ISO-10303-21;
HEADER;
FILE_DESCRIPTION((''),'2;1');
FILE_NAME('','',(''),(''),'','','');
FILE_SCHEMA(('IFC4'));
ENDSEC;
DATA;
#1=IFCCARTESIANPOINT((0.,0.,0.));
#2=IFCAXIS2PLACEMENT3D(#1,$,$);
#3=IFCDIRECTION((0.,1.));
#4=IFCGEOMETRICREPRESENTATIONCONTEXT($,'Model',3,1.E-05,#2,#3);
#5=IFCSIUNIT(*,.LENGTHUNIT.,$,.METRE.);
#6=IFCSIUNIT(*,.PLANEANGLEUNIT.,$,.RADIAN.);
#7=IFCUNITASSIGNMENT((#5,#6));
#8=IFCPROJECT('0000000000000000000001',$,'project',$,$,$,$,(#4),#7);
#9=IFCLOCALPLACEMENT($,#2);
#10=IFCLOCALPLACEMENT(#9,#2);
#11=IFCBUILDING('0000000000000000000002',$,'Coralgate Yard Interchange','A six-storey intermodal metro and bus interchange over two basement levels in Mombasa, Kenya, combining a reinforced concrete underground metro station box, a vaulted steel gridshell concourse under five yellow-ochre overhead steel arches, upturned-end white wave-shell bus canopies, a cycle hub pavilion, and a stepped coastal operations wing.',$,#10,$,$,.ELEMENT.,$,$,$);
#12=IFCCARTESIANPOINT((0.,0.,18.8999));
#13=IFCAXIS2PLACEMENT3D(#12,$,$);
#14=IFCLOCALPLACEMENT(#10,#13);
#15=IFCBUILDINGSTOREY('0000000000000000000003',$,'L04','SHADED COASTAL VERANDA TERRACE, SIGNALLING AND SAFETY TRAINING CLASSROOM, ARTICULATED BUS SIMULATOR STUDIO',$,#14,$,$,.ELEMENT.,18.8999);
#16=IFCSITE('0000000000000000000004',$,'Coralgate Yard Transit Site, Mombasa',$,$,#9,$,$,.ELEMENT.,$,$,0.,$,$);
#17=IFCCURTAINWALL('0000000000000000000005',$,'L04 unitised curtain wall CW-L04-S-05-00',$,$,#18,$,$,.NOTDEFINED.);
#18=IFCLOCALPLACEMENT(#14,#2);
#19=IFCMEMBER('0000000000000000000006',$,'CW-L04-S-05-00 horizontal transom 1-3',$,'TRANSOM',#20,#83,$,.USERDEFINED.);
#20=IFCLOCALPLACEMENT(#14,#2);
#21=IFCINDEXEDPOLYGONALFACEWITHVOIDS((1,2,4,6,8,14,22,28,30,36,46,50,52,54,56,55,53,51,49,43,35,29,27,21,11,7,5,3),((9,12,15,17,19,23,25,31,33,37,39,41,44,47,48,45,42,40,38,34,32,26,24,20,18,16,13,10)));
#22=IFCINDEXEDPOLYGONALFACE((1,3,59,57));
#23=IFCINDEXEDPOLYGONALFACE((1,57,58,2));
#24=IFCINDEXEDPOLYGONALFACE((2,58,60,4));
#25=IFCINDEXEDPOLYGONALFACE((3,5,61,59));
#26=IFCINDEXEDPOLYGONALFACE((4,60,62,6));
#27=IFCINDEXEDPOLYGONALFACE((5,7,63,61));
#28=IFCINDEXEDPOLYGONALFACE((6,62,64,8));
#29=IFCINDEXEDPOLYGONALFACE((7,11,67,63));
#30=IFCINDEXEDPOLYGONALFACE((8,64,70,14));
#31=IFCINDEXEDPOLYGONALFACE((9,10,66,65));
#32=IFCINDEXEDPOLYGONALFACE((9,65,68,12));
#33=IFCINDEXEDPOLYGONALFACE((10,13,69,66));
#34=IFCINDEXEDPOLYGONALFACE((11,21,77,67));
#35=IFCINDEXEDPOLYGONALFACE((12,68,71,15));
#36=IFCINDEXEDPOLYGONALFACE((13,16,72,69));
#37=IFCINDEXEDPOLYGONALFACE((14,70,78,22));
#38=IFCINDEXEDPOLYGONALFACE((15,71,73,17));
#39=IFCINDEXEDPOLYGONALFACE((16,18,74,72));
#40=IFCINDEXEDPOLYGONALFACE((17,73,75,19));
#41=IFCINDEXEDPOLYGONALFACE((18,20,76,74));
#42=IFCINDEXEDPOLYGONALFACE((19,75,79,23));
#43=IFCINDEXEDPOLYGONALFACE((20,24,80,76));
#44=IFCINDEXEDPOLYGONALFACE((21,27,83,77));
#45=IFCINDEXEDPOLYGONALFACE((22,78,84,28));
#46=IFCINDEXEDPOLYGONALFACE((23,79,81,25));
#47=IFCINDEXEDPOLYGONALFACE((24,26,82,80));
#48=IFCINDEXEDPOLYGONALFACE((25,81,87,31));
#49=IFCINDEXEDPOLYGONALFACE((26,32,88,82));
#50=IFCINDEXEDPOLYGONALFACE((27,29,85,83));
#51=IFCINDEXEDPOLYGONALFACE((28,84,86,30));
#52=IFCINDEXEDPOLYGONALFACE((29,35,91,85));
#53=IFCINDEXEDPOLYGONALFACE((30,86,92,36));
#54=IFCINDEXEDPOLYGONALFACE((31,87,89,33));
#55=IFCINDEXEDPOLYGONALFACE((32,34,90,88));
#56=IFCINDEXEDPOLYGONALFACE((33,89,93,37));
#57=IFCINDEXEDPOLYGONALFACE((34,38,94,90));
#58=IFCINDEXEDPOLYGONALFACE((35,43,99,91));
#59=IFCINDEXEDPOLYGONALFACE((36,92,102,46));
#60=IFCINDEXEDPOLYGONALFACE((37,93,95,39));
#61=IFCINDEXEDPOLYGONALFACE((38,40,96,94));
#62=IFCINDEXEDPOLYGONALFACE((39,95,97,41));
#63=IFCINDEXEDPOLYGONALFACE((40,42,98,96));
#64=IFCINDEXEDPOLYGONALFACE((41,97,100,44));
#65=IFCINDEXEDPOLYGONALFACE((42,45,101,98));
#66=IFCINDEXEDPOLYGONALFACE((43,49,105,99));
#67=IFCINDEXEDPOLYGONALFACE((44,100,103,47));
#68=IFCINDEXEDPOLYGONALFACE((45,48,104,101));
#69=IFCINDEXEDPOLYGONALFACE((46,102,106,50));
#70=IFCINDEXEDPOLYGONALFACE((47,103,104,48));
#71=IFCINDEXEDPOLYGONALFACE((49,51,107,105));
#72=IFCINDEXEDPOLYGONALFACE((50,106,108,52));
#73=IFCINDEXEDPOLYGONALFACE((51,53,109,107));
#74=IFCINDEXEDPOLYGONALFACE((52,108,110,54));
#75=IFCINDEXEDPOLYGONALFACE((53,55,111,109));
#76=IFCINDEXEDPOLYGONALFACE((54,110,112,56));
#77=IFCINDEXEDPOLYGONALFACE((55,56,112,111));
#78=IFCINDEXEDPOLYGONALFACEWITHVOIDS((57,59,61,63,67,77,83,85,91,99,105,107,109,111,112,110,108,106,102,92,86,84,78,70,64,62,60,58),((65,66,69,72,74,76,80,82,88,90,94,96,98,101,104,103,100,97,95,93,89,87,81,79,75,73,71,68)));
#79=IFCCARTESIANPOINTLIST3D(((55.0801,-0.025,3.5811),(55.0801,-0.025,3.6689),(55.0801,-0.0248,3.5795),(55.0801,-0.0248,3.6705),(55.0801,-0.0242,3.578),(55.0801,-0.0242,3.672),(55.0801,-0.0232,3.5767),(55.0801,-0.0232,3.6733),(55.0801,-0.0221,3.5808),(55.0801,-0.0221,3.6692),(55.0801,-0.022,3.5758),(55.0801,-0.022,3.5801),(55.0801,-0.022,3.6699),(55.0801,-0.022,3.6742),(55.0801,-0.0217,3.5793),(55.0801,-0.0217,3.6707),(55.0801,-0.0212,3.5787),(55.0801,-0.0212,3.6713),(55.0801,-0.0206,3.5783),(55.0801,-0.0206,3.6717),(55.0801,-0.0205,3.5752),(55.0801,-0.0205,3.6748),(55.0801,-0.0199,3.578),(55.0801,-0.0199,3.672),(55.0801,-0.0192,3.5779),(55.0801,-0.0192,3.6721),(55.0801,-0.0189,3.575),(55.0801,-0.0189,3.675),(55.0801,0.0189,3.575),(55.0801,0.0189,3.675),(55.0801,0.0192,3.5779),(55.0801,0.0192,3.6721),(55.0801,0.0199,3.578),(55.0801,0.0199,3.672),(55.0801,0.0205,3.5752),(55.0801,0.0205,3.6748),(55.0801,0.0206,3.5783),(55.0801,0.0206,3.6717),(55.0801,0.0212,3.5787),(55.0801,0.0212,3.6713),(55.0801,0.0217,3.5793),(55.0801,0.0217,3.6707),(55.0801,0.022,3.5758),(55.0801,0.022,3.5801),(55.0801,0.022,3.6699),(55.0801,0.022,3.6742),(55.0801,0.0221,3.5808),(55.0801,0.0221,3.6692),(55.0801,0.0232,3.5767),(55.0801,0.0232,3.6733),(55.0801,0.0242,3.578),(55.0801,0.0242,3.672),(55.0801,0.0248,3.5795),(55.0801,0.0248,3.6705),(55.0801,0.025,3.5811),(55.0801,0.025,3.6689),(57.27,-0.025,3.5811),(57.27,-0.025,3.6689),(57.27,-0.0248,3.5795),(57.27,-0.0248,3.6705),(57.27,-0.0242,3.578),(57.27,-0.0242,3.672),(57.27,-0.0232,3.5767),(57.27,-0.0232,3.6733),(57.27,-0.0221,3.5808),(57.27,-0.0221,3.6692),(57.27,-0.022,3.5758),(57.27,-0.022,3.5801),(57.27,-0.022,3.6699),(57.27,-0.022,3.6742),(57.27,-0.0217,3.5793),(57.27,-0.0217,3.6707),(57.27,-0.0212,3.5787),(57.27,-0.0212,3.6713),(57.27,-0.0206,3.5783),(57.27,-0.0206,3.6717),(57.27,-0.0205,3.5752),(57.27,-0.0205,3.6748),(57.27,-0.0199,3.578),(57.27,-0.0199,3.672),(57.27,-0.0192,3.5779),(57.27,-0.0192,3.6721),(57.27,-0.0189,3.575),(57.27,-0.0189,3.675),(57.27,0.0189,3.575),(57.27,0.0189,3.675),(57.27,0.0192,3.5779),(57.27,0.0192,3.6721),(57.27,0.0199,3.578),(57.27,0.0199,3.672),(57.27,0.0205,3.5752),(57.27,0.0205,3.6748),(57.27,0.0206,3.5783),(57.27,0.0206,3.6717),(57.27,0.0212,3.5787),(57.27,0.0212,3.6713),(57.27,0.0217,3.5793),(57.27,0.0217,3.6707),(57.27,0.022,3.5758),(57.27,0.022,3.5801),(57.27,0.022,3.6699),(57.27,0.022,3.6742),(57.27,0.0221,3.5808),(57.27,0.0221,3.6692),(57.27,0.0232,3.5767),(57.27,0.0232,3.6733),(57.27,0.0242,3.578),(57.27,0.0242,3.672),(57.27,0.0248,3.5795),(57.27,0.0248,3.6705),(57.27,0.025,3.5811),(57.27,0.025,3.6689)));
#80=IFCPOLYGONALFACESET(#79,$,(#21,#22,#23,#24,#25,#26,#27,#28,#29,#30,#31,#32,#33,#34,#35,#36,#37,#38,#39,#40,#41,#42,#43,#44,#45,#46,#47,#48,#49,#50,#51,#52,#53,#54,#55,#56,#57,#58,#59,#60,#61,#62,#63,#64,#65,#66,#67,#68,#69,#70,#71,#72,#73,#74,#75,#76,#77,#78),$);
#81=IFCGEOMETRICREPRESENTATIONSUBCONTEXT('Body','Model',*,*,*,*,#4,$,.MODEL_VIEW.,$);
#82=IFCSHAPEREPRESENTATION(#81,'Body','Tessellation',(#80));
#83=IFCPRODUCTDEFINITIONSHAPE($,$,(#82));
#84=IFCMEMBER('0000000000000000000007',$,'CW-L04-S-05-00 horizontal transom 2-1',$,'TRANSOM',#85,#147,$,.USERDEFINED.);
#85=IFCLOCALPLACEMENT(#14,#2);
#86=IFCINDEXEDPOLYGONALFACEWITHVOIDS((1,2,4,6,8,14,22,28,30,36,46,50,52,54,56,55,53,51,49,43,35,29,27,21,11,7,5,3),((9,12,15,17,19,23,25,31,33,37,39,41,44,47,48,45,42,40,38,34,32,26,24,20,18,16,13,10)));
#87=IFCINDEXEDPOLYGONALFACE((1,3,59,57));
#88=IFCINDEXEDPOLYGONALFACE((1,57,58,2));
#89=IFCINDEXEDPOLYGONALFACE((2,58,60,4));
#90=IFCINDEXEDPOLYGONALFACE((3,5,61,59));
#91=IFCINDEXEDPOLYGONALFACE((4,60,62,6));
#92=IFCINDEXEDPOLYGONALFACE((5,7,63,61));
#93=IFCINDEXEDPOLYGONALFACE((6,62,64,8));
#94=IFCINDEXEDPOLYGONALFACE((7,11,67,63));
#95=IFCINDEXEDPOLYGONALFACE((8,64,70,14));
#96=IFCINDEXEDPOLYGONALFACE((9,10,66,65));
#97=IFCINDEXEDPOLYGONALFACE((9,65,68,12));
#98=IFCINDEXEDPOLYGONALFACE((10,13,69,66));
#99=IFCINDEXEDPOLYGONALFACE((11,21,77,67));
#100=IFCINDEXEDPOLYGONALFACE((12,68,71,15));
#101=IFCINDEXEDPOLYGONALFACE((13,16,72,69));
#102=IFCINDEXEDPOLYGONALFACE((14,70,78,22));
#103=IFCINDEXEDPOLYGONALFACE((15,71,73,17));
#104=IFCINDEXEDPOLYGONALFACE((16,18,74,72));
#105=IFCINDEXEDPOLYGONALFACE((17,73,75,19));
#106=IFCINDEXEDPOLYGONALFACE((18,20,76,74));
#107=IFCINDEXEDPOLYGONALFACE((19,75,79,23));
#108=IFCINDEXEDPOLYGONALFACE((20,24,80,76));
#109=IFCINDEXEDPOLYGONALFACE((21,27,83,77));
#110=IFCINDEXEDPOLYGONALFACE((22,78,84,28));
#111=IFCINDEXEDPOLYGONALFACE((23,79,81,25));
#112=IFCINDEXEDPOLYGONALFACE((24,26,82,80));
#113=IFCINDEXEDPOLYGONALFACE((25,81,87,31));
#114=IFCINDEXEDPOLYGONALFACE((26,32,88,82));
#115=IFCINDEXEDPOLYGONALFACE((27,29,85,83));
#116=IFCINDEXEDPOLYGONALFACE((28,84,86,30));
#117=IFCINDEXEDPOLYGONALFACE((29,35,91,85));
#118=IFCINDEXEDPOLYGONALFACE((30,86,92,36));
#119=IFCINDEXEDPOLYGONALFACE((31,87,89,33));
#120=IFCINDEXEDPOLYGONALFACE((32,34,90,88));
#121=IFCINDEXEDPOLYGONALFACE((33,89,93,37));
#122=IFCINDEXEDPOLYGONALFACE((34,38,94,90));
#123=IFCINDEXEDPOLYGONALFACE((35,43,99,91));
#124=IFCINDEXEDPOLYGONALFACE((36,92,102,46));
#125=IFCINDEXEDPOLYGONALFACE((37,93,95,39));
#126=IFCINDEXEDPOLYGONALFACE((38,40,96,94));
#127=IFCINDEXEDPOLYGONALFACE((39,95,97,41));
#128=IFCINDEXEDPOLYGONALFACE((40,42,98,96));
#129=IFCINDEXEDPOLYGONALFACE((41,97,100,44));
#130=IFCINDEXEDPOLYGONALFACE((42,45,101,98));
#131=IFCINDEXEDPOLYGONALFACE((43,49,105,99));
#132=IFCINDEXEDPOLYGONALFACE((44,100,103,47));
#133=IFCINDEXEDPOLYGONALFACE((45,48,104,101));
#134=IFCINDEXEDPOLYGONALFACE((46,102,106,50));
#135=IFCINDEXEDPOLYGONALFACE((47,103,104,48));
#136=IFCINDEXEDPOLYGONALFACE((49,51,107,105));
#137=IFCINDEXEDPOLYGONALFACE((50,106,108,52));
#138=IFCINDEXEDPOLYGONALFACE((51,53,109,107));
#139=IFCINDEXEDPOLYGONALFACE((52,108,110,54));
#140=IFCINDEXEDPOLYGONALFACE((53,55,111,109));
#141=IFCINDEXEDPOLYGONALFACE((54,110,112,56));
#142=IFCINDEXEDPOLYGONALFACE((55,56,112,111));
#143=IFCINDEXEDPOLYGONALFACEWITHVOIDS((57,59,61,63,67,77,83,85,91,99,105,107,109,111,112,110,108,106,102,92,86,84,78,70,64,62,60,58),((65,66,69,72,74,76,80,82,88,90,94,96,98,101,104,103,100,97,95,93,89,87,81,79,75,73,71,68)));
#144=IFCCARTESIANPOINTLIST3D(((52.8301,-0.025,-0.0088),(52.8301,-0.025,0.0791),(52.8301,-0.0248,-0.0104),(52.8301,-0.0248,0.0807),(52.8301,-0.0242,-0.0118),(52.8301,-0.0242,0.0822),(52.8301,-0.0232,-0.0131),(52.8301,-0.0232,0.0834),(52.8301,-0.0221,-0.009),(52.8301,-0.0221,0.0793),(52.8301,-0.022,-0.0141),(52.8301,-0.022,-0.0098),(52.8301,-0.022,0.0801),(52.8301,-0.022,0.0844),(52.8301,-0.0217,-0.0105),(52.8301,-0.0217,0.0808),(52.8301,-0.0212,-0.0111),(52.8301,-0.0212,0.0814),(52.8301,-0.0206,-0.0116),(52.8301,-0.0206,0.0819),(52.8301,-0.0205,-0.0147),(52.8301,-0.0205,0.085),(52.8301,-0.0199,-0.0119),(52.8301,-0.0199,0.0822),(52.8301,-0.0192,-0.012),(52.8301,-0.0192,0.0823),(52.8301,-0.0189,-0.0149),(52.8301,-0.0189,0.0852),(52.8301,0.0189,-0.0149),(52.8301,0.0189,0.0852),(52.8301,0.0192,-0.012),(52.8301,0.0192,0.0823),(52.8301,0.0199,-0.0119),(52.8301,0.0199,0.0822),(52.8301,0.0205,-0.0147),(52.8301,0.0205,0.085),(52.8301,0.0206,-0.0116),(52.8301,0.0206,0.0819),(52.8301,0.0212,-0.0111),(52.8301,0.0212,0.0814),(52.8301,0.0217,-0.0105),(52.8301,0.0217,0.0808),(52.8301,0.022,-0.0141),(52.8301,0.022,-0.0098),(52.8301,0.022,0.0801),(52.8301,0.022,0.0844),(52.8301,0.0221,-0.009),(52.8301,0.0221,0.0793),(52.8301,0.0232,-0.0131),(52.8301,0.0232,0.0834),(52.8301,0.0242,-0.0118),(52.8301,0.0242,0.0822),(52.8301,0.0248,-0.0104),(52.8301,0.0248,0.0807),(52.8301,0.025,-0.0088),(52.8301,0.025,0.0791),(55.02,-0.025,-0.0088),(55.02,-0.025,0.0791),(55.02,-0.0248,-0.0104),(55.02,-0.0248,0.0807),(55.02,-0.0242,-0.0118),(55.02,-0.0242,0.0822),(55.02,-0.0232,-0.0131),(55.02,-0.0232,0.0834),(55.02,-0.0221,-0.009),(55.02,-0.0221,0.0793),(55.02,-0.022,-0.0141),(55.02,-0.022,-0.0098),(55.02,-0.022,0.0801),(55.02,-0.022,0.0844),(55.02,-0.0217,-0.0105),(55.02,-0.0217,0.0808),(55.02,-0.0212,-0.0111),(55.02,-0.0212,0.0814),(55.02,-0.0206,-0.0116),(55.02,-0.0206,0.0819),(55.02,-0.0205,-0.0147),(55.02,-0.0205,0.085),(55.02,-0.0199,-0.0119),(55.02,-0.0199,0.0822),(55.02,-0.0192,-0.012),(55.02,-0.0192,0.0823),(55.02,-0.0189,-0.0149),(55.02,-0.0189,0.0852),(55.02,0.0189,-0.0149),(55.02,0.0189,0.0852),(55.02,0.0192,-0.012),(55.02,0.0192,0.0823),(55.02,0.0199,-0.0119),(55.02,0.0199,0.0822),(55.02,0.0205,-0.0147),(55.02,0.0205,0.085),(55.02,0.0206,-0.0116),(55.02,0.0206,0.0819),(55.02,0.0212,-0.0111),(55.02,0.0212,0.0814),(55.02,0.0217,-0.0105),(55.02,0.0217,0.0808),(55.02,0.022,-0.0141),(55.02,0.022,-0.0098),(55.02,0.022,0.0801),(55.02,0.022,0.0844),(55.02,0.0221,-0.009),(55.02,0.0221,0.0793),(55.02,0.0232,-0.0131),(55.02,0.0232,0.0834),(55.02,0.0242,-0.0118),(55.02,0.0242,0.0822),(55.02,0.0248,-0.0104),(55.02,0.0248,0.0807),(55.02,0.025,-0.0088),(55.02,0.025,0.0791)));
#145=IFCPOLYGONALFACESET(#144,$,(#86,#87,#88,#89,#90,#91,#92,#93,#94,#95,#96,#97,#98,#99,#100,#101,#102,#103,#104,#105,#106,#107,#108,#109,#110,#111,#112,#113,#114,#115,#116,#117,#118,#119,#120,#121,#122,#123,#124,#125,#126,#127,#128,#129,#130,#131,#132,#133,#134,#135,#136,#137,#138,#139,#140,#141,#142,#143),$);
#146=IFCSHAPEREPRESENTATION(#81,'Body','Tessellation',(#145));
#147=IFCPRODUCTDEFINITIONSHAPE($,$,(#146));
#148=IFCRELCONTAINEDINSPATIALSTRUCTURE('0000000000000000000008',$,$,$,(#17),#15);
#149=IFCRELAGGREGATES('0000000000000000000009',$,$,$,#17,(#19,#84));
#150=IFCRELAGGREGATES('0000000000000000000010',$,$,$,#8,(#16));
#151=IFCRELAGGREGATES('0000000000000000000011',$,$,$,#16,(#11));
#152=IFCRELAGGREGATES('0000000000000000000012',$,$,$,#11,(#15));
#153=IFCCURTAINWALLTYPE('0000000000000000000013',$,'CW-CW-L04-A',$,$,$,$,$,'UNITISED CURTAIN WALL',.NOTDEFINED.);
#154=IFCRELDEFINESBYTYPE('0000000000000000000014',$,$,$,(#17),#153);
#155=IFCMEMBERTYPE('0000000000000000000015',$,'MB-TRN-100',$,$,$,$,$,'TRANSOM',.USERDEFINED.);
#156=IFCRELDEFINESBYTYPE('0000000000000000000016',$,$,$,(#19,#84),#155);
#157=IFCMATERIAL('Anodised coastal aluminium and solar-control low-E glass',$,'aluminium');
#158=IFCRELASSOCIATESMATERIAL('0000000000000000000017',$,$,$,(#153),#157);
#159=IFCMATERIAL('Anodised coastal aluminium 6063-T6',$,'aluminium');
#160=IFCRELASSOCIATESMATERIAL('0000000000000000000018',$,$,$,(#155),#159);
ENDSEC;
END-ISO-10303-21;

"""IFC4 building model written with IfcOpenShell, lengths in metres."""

from ifc_helpers import new_model, si_unit, direction, frame, origin, origin_2d, place, context, subcontext, project, spatial, hollow_rectangle, extrude, material, material_profile, profile_set, type_object, element, aggregate, save


model = new_model("IFC4")

# Units and contexts
model_context = context("Model", 3, precision=1e-05, world=origin(), true_north=direction((0.0, 1.0)))
body_context = subcontext(model_context, "Body", "Model", "MODEL_VIEW")
ifc_project = project(units=[si_unit("LENGTHUNIT", "METRE"), si_unit("PLANEANGLEUNIT", "RADIAN")], contexts=[model_context])

# Site, building, storey
site_placement = place(None, origin())
site = spatial("IfcSite", under=ifc_project, at=site_placement, Name="Coralgate Yard Transit Site, Mombasa", CompositionType="ELEMENT", RefElevation=0.0)
building_placement = place(site_placement, origin())
building = spatial("IfcBuilding", under=site, at=building_placement, Name="Coralgate Yard Interchange", Description="A six-storey intermodal metro and bus interchange over two basement levels in Mombasa, Kenya, combining a reinforced concrete underground metro station box, a vaulted steel gridshell concourse under five yellow-ochre overhead steel arches, upturned-end white wave-shell bus canopies, a cycle hub pavilion, and a stepped coastal operations wing.", CompositionType="ELEMENT")
storey_placement = place(building_placement, frame((0.0, 0.0, 18.8999)))
storey = spatial("IfcBuildingStorey", under=building, at=storey_placement, Name="L04", Description="SHADED COASTAL VERANDA TERRACE, SIGNALLING AND SAFETY TRAINING CLASSROOM, ARTICULATED BUS SIMULATOR STUDIO", CompositionType="ELEMENT", Elevation=18.8999)

# Curtain wall
ifc_material_1 = material(Name="Anodised coastal aluminium and solar-control low-E glass", Category="aluminium")
curtain_wall_type = type_object("IfcCurtainWallType", Name="CW-CW-L04-A", ElementType="UNITISED CURTAIN WALL", PredefinedType="NOTDEFINED", material=ifc_material_1)
curtain_wall_1_placement = place(storey_placement, origin())
curtain_wall_1 = element("IfcCurtainWall", 1, at=curtain_wall_1_placement, inside=storey, type_object=curtain_wall_type, Name="L04 unitised curtain wall CW-L04-S-05-00", PredefinedType="NOTDEFINED")
ifc_material_2 = material(Name="Anodised coastal aluminium 6063-T6", Category="aluminium")

# Members
ifc_material_profile_1 = material_profile(ifc_material_2, hollow_rectangle(XDim=0.05, YDim=0.1001, WallThickness=0.0029, InnerFilletRadius=0.0029, OuterFilletRadius=0.0061, at=origin_2d()), Name="ALU 50x100x3")
ifc_profile_set_1 = profile_set([ifc_material_profile_1], Name="Anodised coastal aluminium 6063-T6")
member_type_1 = type_object("IfcMemberType", Name="MB-TRN-100", ElementType="TRANSOM", PredefinedType="USERDEFINED", material=ifc_profile_set_1)
member_1_placement = place(storey_placement, frame((57.27, 0.0, 3.625), z_axis=(-1.0, 0.0, 0.0), x_axis=(0.0, -1.0, 0.0)))
member_1 = element("IfcMember", 2, at=member_1_placement, type_object=member_type_1, Name="CW-L04-S-05-00 horizontal transom 1-3", ObjectType="TRANSOM", PredefinedType="USERDEFINED", context=body_context, shape_type="SweptSolid", body=[
    extrude(hollow_rectangle(XDim=0.05, YDim=0.1001, WallThickness=0.0029, InnerFilletRadius=0.0029, OuterFilletRadius=0.0061, at=origin_2d()), origin(), (0.0, 0.0, 1.0), 2.1899),
])
member_2_placement = place(storey_placement, frame((55.02, 0.0, 0.0352), z_axis=(-1.0, 0.0, 0.0), x_axis=(0.0, -1.0, 0.0)))
member_2 = element("IfcMember", 3, at=member_2_placement, type_object=member_type_1, Name="CW-L04-S-05-00 horizontal transom 2-1", ObjectType="TRANSOM", PredefinedType="USERDEFINED", context=body_context, shape_type="SweptSolid", body=[
    extrude(hollow_rectangle(XDim=0.05, YDim=0.1001, WallThickness=0.0029, InnerFilletRadius=0.0029, OuterFilletRadius=0.0061, at=origin_2d()), origin(), (0.0, 0.0, 1.0), 2.1899),
])

aggregate(curtain_wall_1, [member_1, member_2])

save(model, "model.ifc")
